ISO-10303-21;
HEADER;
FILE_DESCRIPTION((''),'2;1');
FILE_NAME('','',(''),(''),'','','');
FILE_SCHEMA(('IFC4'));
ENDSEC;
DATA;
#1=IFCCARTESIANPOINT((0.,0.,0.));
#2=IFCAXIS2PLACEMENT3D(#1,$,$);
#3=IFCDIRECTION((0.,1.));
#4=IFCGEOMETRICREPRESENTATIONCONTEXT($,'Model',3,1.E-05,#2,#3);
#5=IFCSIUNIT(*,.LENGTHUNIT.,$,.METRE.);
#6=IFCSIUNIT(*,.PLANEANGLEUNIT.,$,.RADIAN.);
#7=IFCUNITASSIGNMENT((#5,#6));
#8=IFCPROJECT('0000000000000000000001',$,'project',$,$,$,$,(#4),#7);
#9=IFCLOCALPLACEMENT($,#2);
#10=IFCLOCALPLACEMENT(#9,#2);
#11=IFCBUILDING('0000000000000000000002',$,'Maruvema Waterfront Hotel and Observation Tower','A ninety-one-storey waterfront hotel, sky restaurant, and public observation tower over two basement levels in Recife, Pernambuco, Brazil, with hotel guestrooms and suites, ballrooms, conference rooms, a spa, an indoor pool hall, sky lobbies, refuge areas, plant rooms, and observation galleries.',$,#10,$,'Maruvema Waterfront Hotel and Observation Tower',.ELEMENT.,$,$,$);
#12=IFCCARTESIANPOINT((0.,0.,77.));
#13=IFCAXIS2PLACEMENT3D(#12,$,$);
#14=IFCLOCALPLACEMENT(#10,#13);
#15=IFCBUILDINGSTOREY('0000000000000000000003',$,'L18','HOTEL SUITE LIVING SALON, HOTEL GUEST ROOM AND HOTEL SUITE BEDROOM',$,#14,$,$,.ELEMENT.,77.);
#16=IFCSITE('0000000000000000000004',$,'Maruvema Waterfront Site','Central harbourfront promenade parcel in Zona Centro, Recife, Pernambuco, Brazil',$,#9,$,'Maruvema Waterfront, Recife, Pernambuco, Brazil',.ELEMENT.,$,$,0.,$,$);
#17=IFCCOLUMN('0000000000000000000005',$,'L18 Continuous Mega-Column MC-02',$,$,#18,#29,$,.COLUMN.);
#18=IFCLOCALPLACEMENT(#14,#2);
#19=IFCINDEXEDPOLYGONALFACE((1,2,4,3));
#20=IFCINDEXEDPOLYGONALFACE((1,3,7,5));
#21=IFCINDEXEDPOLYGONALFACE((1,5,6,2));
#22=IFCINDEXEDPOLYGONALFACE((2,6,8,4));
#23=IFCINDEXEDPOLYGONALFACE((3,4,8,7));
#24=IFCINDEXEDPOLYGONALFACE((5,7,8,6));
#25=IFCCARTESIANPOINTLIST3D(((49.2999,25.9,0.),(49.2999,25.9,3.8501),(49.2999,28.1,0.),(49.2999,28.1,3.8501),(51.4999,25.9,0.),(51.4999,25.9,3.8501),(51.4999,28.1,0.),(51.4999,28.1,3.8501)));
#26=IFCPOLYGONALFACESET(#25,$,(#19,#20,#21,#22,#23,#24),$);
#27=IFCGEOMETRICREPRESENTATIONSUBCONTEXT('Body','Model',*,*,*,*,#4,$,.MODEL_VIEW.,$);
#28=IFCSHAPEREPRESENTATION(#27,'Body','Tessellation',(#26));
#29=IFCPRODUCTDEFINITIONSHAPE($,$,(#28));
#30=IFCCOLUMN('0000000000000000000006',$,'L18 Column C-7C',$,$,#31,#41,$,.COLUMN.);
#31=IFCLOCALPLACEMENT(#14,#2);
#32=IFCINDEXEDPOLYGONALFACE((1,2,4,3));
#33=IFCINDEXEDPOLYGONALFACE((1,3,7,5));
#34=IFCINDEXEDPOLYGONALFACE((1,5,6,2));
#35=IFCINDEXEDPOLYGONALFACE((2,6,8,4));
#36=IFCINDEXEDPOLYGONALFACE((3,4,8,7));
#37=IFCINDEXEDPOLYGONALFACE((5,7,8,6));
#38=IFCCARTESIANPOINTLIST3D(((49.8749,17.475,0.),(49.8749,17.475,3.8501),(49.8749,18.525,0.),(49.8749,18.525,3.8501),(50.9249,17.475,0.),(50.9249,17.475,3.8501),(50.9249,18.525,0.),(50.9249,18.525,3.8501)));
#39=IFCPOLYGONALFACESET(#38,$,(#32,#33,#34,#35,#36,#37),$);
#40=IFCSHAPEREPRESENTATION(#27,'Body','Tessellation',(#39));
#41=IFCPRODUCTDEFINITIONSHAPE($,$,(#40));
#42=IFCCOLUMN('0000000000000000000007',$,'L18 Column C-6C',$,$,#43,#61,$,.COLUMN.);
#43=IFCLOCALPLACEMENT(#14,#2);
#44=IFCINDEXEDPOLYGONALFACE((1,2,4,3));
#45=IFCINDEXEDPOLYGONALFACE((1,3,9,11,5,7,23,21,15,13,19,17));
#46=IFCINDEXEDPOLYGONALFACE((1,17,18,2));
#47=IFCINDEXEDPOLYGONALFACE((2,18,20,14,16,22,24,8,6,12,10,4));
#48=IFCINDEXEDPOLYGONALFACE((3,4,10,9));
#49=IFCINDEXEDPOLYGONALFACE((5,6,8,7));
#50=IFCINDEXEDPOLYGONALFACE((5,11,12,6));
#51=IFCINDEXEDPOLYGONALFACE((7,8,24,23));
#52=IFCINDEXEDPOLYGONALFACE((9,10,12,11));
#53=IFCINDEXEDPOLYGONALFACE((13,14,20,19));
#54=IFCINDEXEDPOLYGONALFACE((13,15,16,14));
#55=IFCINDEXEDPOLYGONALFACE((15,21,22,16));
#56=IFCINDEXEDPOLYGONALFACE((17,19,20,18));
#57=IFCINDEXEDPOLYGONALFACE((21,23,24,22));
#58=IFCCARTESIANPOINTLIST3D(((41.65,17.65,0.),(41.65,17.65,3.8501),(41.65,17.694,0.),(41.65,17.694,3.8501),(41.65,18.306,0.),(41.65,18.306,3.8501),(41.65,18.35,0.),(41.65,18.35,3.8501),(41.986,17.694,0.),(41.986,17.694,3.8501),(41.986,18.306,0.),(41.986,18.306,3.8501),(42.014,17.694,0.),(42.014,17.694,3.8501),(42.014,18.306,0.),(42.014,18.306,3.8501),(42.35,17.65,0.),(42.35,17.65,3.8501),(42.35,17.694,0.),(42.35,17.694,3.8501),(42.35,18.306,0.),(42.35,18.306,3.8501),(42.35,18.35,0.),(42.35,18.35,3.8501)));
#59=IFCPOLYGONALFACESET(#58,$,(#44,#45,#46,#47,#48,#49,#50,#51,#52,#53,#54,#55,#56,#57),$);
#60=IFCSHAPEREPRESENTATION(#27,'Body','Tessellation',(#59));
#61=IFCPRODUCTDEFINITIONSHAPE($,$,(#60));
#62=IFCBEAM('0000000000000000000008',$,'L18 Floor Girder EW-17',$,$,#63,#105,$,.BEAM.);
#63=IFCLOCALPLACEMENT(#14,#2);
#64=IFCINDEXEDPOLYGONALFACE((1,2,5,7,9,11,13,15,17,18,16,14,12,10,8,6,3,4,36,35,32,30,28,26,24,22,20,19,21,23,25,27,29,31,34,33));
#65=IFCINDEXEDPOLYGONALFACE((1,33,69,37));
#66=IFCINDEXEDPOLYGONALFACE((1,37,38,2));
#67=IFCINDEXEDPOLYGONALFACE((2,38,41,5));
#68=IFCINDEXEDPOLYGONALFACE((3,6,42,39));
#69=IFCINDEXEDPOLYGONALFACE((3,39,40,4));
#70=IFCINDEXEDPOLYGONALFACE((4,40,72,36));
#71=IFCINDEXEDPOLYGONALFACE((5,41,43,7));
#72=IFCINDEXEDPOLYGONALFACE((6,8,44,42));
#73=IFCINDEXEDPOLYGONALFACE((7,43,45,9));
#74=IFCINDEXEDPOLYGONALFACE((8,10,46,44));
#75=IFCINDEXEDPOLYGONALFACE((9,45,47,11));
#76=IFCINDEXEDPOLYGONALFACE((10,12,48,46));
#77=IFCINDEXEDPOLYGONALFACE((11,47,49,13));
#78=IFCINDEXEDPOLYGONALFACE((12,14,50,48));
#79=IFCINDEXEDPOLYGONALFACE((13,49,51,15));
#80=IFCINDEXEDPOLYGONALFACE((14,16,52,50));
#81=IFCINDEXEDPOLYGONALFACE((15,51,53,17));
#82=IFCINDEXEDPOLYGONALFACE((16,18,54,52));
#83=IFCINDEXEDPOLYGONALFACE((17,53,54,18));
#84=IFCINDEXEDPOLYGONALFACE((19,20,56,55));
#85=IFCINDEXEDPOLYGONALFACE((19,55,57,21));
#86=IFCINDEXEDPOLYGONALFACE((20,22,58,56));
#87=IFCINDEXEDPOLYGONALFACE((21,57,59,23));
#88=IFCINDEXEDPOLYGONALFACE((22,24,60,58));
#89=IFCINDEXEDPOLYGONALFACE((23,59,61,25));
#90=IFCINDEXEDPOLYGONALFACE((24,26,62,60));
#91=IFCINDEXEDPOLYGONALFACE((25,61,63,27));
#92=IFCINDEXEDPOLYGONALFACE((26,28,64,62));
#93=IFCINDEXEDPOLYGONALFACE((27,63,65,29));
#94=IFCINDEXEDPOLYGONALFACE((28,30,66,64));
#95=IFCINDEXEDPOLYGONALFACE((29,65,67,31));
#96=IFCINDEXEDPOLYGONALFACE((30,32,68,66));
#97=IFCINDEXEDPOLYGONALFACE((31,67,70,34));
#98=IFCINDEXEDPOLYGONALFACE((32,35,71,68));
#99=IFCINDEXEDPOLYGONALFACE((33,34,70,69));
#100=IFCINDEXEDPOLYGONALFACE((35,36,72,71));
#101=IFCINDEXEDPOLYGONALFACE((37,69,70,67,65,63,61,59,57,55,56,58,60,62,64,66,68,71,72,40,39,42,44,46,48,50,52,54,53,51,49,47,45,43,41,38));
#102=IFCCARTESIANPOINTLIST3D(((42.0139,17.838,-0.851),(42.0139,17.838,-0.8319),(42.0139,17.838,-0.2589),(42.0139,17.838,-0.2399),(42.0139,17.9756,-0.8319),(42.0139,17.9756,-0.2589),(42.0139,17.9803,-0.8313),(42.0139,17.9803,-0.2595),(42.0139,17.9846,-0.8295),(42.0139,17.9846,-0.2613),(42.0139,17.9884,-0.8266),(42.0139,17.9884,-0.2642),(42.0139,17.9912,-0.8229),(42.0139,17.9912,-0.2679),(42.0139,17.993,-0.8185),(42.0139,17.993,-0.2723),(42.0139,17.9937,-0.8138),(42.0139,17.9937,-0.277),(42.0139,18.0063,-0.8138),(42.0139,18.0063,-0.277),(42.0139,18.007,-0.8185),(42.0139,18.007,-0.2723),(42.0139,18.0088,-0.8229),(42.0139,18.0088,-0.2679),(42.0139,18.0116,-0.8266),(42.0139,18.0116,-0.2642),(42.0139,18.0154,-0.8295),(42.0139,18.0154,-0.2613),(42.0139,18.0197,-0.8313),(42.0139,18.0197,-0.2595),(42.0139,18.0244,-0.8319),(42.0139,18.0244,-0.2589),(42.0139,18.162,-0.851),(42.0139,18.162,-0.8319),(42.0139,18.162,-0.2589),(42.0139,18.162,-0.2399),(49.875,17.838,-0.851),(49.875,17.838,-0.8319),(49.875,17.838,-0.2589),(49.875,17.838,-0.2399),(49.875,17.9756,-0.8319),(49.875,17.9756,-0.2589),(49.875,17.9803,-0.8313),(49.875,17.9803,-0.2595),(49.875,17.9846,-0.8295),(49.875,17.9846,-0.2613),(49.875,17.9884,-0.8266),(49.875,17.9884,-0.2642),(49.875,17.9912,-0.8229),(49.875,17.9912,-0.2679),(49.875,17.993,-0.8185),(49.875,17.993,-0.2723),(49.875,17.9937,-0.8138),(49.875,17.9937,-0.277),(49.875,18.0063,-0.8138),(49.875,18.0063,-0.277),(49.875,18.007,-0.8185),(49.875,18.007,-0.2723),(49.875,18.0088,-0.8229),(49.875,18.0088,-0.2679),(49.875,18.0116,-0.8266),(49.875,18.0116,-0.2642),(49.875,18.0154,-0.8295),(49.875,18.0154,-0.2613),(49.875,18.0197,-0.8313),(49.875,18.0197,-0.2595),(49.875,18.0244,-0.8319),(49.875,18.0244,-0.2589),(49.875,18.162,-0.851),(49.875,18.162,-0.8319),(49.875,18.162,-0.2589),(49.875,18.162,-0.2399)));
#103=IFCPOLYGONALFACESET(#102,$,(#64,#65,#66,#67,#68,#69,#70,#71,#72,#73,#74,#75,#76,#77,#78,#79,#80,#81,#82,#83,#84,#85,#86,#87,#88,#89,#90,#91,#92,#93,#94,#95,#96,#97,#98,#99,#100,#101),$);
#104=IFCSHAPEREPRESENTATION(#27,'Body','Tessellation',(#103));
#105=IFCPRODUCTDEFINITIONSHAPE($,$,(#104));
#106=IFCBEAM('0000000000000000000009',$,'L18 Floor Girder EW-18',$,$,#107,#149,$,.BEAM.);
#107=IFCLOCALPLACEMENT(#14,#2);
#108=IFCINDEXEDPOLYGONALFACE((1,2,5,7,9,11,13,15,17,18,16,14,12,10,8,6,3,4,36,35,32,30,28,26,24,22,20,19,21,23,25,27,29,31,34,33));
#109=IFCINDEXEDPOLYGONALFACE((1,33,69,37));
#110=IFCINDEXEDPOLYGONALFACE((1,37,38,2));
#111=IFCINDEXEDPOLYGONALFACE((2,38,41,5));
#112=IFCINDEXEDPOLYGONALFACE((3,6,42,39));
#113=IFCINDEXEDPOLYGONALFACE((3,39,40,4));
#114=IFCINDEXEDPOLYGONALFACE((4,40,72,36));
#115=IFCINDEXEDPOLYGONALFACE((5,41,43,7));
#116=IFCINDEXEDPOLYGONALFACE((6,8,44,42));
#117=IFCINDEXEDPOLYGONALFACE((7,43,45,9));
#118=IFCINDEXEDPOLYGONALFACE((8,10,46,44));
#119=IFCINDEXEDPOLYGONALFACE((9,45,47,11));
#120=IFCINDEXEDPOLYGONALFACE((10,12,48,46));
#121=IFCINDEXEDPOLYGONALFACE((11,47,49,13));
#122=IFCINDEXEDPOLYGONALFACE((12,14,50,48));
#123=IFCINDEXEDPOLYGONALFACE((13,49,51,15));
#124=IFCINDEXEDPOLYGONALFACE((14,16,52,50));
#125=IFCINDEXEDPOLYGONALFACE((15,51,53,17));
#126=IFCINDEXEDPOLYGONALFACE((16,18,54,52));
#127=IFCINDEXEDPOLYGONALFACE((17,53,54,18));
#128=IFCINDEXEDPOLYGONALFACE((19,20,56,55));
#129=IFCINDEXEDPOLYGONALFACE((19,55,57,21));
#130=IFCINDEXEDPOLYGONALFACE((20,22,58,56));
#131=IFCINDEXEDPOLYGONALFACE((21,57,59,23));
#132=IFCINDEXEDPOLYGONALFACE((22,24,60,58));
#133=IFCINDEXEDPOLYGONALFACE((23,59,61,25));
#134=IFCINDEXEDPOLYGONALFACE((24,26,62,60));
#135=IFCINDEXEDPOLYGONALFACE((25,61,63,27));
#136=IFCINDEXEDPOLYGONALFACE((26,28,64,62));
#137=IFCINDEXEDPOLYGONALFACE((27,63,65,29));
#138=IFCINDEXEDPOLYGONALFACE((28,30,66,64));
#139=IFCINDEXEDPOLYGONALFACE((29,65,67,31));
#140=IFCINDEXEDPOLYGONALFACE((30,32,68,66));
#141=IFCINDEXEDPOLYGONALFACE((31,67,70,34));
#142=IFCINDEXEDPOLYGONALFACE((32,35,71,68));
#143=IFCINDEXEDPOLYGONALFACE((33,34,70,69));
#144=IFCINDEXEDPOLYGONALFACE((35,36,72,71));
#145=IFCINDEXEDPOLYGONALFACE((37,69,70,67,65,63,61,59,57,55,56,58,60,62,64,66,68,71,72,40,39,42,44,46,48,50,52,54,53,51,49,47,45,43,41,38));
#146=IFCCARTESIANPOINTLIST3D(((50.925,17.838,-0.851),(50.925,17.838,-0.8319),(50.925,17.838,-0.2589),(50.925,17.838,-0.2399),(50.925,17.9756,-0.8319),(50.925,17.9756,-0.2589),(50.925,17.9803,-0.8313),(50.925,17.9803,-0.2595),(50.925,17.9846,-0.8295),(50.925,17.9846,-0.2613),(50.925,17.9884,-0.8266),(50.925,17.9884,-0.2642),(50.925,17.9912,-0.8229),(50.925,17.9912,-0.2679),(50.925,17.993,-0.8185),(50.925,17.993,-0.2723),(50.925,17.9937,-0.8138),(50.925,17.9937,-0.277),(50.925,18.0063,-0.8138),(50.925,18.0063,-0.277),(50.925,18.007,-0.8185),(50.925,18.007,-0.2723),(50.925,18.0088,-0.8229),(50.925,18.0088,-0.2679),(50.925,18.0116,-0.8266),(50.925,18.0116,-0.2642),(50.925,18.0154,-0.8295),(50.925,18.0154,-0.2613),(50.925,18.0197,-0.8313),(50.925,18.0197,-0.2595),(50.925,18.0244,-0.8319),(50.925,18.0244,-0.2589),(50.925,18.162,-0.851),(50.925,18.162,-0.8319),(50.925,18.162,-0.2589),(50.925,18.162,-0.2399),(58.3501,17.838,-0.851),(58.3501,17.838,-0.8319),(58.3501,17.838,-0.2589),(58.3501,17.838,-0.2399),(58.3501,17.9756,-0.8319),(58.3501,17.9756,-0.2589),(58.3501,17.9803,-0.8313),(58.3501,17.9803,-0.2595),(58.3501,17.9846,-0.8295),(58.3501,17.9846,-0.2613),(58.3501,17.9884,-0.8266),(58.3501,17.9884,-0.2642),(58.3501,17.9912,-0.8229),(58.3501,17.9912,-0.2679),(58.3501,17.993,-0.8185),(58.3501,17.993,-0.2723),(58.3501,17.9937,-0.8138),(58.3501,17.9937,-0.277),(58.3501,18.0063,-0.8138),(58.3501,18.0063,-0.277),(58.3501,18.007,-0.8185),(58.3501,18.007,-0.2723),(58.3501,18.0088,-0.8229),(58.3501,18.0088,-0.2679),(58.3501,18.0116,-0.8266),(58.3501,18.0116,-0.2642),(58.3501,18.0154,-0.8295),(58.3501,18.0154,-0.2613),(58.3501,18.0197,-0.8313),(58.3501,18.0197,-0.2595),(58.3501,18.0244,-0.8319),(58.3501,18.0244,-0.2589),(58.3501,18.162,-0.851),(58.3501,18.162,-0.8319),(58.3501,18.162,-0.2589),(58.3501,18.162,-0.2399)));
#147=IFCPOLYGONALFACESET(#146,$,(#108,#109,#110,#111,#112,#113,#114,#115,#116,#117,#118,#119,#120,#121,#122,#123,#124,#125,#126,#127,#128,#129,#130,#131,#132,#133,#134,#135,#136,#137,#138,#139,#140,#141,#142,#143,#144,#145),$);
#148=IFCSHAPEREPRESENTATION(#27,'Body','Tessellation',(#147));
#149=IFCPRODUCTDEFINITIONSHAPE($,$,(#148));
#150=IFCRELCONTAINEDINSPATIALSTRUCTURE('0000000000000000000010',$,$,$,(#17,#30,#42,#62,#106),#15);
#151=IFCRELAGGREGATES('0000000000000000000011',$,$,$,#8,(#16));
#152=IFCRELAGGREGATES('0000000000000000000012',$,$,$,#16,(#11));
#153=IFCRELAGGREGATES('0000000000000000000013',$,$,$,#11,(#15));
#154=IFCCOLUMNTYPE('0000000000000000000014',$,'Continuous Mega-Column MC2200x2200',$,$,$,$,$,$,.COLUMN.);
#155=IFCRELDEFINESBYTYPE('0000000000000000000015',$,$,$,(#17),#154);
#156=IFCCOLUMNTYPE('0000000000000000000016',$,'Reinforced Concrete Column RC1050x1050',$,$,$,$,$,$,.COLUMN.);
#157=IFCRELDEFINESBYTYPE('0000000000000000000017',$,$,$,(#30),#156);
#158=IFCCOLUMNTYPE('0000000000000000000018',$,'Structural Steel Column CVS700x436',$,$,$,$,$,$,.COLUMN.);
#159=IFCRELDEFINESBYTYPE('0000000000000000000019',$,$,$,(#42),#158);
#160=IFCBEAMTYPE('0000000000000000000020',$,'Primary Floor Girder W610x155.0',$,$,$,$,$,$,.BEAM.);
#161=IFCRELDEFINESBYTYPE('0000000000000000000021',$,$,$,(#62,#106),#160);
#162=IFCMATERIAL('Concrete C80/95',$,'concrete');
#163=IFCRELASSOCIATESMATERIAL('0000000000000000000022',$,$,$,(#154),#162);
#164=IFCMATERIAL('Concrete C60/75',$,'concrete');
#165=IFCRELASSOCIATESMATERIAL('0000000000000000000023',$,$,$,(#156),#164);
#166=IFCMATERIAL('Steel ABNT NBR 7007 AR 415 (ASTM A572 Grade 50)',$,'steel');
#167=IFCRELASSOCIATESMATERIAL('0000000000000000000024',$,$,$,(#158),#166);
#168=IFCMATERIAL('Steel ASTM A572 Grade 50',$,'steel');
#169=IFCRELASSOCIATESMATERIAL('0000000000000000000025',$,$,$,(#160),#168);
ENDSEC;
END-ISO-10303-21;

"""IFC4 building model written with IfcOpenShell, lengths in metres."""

from ifc_helpers import new_model, si_unit, direction, frame, origin, origin_2d, place, context, subcontext, project, spatial, rectangle, i_section, extrude, material, material_profile, profile_set, type_object, element, save


model = new_model("IFC4")

# Units and contexts
model_context = context("Model", 3, precision=1e-05, world=origin(), true_north=direction((0.0, 1.0)))
body_context = subcontext(model_context, "Body", "Model", "MODEL_VIEW")
ifc_project = project(units=[si_unit("LENGTHUNIT", "METRE"), si_unit("PLANEANGLEUNIT", "RADIAN")], contexts=[model_context])

# Site, building, storey
site_placement = place(None, origin())
site = spatial("IfcSite", under=ifc_project, at=site_placement, Name="Maruvema Waterfront Site", Description="Central harbourfront promenade parcel in Zona Centro, Recife, Pernambuco, Brazil", LongName="Maruvema Waterfront, Recife, Pernambuco, Brazil", CompositionType="ELEMENT", RefElevation=0.0)
building_placement = place(site_placement, origin())
building = spatial("IfcBuilding", under=site, at=building_placement, Name="Maruvema Waterfront Hotel and Observation Tower", Description="A ninety-one-storey waterfront hotel, sky restaurant, and public observation tower over two basement levels in Recife, Pernambuco, Brazil, with hotel guestrooms and suites, ballrooms, conference rooms, a spa, an indoor pool hall, sky lobbies, refuge areas, plant rooms, and observation galleries.", LongName="Maruvema Waterfront Hotel and Observation Tower", CompositionType="ELEMENT")
storey_placement = place(building_placement, frame((0.0, 0.0, 77.0)))
storey = spatial("IfcBuildingStorey", under=building, at=storey_placement, Name="L18", Description="HOTEL SUITE LIVING SALON, HOTEL GUEST ROOM AND HOTEL SUITE BEDROOM", CompositionType="ELEMENT", Elevation=77.0)

# Columns
ifc_material_1 = material(Name="Concrete C80/95", Category="concrete")
ifc_material_profile_1 = material_profile(ifc_material_1, rectangle(XDim=2.2, YDim=2.2, at=origin_2d()), Name="MC2200x2200")
ifc_profile_set_1 = profile_set([ifc_material_profile_1], Name="Concrete C80/95")
column_type_1 = type_object("IfcColumnType", Name="Continuous Mega-Column MC2200x2200", PredefinedType="COLUMN", material=ifc_profile_set_1)
column_1_placement = place(storey_placement, frame((50.3999, 27.0, 0.0), z_axis=(0.0, 0.0, 1.0), x_axis=(1.0, 0.0, 0.0)))
element("IfcColumn", 1, at=column_1_placement, inside=storey, type_object=column_type_1, Name="L18 Continuous Mega-Column MC-02", PredefinedType="COLUMN", context=body_context, shape_type="SweptSolid", body=[
    extrude(rectangle(XDim=2.2, YDim=2.2, at=origin_2d()), origin(), (0.0, 0.0, 1.0), 3.8501),
])
ifc_material_2 = material(Name="Concrete C60/75", Category="concrete")
ifc_material_profile_2 = material_profile(ifc_material_2, rectangle(XDim=1.05, YDim=1.05, at=origin_2d()), Name="RC1050x1050")
ifc_profile_set_2 = profile_set([ifc_material_profile_2], Name="Concrete C60/75")
column_type_2 = type_object("IfcColumnType", Name="Reinforced Concrete Column RC1050x1050", PredefinedType="COLUMN", material=ifc_profile_set_2)
column_2_placement = place(storey_placement, frame((50.3999, 18.0, 0.0), z_axis=(0.0, 0.0, 1.0), x_axis=(1.0, 0.0, 0.0)))
element("IfcColumn", 2, at=column_2_placement, inside=storey, type_object=column_type_2, Name="L18 Column C-7C", PredefinedType="COLUMN", context=body_context, shape_type="SweptSolid", body=[
    extrude(rectangle(XDim=1.05, YDim=1.05, at=origin_2d()), origin(), (0.0, 0.0, 1.0), 3.8501),
])
ifc_material_3 = material(Name="Steel ABNT NBR 7007 AR 415 (ASTM A572 Grade 50)", Category="steel")
ifc_material_profile_3 = material_profile(ifc_material_3, i_section(OverallWidth=0.7, OverallDepth=0.7, WebThickness=0.0281, FlangeThickness=0.0439, at=origin_2d()), Name="CVS700x436")
ifc_profile_set_3 = profile_set([ifc_material_profile_3], Name="Steel ABNT NBR 7007 AR 415 (ASTM A572 Grade 50)")
column_type_3 = type_object("IfcColumnType", Name="Structural Steel Column CVS700x436", PredefinedType="COLUMN", material=ifc_profile_set_3)
column_3_placement = place(storey_placement, frame((42.0, 18.0, 0.0), z_axis=(0.0, 0.0, 1.0), x_axis=(1.0, 0.0, 0.0)))
element("IfcColumn", 3, at=column_3_placement, inside=storey, type_object=column_type_3, Name="L18 Column C-6C", PredefinedType="COLUMN", context=body_context, shape_type="SweptSolid", body=[
    extrude(i_section(OverallWidth=0.7, OverallDepth=0.7, WebThickness=0.0281, FlangeThickness=0.0439, at=origin_2d()), origin(), (0.0, 0.0, 1.0), 3.8501),
])

# Beams
ifc_material_4 = material(Name="Steel ASTM A572 Grade 50", Category="steel")
ifc_material_profile_4 = material_profile(ifc_material_4, i_section(OverallWidth=0.324, OverallDepth=0.6111, WebThickness=0.0127, FlangeThickness=0.019, FilletRadius=0.0181, at=origin_2d()), Name="W610x155.0")
ifc_profile_set_4 = profile_set([ifc_material_profile_4], Name="Steel ASTM A572 Grade 50")
beam_type = type_object("IfcBeamType", Name="Primary Floor Girder W610x155.0", PredefinedType="BEAM", material=ifc_profile_set_4)
beam_1_placement = place(storey_placement, frame((42.0139, 18.0, -0.5454), z_axis=(1.0, 0.0, 0.0), x_axis=(0.0, 1.0, 0.0)))
element("IfcBeam", 4, at=beam_1_placement, inside=storey, type_object=beam_type, Name="L18 Floor Girder EW-17", PredefinedType="BEAM", context=body_context, shape_type="SweptSolid", body=[
    extrude(i_section(OverallWidth=0.324, OverallDepth=0.6111, WebThickness=0.0127, FlangeThickness=0.019, FilletRadius=0.0181, at=origin_2d()), origin(), (0.0, 0.0, 1.0), 7.8611),
])
beam_2_placement = place(storey_placement, frame((50.925, 18.0, -0.5454), z_axis=(1.0, 0.0, 0.0), x_axis=(0.0, 1.0, 0.0)))
element("IfcBeam", 5, at=beam_2_placement, inside=storey, type_object=beam_type, Name="L18 Floor Girder EW-18", PredefinedType="BEAM", context=body_context, shape_type="SweptSolid", body=[
    extrude(i_section(OverallWidth=0.324, OverallDepth=0.6111, WebThickness=0.0127, FlangeThickness=0.019, FilletRadius=0.0181, at=origin_2d()), origin(), (0.0, 0.0, 1.0), 7.425),
])

save(model, "model.ifc")
